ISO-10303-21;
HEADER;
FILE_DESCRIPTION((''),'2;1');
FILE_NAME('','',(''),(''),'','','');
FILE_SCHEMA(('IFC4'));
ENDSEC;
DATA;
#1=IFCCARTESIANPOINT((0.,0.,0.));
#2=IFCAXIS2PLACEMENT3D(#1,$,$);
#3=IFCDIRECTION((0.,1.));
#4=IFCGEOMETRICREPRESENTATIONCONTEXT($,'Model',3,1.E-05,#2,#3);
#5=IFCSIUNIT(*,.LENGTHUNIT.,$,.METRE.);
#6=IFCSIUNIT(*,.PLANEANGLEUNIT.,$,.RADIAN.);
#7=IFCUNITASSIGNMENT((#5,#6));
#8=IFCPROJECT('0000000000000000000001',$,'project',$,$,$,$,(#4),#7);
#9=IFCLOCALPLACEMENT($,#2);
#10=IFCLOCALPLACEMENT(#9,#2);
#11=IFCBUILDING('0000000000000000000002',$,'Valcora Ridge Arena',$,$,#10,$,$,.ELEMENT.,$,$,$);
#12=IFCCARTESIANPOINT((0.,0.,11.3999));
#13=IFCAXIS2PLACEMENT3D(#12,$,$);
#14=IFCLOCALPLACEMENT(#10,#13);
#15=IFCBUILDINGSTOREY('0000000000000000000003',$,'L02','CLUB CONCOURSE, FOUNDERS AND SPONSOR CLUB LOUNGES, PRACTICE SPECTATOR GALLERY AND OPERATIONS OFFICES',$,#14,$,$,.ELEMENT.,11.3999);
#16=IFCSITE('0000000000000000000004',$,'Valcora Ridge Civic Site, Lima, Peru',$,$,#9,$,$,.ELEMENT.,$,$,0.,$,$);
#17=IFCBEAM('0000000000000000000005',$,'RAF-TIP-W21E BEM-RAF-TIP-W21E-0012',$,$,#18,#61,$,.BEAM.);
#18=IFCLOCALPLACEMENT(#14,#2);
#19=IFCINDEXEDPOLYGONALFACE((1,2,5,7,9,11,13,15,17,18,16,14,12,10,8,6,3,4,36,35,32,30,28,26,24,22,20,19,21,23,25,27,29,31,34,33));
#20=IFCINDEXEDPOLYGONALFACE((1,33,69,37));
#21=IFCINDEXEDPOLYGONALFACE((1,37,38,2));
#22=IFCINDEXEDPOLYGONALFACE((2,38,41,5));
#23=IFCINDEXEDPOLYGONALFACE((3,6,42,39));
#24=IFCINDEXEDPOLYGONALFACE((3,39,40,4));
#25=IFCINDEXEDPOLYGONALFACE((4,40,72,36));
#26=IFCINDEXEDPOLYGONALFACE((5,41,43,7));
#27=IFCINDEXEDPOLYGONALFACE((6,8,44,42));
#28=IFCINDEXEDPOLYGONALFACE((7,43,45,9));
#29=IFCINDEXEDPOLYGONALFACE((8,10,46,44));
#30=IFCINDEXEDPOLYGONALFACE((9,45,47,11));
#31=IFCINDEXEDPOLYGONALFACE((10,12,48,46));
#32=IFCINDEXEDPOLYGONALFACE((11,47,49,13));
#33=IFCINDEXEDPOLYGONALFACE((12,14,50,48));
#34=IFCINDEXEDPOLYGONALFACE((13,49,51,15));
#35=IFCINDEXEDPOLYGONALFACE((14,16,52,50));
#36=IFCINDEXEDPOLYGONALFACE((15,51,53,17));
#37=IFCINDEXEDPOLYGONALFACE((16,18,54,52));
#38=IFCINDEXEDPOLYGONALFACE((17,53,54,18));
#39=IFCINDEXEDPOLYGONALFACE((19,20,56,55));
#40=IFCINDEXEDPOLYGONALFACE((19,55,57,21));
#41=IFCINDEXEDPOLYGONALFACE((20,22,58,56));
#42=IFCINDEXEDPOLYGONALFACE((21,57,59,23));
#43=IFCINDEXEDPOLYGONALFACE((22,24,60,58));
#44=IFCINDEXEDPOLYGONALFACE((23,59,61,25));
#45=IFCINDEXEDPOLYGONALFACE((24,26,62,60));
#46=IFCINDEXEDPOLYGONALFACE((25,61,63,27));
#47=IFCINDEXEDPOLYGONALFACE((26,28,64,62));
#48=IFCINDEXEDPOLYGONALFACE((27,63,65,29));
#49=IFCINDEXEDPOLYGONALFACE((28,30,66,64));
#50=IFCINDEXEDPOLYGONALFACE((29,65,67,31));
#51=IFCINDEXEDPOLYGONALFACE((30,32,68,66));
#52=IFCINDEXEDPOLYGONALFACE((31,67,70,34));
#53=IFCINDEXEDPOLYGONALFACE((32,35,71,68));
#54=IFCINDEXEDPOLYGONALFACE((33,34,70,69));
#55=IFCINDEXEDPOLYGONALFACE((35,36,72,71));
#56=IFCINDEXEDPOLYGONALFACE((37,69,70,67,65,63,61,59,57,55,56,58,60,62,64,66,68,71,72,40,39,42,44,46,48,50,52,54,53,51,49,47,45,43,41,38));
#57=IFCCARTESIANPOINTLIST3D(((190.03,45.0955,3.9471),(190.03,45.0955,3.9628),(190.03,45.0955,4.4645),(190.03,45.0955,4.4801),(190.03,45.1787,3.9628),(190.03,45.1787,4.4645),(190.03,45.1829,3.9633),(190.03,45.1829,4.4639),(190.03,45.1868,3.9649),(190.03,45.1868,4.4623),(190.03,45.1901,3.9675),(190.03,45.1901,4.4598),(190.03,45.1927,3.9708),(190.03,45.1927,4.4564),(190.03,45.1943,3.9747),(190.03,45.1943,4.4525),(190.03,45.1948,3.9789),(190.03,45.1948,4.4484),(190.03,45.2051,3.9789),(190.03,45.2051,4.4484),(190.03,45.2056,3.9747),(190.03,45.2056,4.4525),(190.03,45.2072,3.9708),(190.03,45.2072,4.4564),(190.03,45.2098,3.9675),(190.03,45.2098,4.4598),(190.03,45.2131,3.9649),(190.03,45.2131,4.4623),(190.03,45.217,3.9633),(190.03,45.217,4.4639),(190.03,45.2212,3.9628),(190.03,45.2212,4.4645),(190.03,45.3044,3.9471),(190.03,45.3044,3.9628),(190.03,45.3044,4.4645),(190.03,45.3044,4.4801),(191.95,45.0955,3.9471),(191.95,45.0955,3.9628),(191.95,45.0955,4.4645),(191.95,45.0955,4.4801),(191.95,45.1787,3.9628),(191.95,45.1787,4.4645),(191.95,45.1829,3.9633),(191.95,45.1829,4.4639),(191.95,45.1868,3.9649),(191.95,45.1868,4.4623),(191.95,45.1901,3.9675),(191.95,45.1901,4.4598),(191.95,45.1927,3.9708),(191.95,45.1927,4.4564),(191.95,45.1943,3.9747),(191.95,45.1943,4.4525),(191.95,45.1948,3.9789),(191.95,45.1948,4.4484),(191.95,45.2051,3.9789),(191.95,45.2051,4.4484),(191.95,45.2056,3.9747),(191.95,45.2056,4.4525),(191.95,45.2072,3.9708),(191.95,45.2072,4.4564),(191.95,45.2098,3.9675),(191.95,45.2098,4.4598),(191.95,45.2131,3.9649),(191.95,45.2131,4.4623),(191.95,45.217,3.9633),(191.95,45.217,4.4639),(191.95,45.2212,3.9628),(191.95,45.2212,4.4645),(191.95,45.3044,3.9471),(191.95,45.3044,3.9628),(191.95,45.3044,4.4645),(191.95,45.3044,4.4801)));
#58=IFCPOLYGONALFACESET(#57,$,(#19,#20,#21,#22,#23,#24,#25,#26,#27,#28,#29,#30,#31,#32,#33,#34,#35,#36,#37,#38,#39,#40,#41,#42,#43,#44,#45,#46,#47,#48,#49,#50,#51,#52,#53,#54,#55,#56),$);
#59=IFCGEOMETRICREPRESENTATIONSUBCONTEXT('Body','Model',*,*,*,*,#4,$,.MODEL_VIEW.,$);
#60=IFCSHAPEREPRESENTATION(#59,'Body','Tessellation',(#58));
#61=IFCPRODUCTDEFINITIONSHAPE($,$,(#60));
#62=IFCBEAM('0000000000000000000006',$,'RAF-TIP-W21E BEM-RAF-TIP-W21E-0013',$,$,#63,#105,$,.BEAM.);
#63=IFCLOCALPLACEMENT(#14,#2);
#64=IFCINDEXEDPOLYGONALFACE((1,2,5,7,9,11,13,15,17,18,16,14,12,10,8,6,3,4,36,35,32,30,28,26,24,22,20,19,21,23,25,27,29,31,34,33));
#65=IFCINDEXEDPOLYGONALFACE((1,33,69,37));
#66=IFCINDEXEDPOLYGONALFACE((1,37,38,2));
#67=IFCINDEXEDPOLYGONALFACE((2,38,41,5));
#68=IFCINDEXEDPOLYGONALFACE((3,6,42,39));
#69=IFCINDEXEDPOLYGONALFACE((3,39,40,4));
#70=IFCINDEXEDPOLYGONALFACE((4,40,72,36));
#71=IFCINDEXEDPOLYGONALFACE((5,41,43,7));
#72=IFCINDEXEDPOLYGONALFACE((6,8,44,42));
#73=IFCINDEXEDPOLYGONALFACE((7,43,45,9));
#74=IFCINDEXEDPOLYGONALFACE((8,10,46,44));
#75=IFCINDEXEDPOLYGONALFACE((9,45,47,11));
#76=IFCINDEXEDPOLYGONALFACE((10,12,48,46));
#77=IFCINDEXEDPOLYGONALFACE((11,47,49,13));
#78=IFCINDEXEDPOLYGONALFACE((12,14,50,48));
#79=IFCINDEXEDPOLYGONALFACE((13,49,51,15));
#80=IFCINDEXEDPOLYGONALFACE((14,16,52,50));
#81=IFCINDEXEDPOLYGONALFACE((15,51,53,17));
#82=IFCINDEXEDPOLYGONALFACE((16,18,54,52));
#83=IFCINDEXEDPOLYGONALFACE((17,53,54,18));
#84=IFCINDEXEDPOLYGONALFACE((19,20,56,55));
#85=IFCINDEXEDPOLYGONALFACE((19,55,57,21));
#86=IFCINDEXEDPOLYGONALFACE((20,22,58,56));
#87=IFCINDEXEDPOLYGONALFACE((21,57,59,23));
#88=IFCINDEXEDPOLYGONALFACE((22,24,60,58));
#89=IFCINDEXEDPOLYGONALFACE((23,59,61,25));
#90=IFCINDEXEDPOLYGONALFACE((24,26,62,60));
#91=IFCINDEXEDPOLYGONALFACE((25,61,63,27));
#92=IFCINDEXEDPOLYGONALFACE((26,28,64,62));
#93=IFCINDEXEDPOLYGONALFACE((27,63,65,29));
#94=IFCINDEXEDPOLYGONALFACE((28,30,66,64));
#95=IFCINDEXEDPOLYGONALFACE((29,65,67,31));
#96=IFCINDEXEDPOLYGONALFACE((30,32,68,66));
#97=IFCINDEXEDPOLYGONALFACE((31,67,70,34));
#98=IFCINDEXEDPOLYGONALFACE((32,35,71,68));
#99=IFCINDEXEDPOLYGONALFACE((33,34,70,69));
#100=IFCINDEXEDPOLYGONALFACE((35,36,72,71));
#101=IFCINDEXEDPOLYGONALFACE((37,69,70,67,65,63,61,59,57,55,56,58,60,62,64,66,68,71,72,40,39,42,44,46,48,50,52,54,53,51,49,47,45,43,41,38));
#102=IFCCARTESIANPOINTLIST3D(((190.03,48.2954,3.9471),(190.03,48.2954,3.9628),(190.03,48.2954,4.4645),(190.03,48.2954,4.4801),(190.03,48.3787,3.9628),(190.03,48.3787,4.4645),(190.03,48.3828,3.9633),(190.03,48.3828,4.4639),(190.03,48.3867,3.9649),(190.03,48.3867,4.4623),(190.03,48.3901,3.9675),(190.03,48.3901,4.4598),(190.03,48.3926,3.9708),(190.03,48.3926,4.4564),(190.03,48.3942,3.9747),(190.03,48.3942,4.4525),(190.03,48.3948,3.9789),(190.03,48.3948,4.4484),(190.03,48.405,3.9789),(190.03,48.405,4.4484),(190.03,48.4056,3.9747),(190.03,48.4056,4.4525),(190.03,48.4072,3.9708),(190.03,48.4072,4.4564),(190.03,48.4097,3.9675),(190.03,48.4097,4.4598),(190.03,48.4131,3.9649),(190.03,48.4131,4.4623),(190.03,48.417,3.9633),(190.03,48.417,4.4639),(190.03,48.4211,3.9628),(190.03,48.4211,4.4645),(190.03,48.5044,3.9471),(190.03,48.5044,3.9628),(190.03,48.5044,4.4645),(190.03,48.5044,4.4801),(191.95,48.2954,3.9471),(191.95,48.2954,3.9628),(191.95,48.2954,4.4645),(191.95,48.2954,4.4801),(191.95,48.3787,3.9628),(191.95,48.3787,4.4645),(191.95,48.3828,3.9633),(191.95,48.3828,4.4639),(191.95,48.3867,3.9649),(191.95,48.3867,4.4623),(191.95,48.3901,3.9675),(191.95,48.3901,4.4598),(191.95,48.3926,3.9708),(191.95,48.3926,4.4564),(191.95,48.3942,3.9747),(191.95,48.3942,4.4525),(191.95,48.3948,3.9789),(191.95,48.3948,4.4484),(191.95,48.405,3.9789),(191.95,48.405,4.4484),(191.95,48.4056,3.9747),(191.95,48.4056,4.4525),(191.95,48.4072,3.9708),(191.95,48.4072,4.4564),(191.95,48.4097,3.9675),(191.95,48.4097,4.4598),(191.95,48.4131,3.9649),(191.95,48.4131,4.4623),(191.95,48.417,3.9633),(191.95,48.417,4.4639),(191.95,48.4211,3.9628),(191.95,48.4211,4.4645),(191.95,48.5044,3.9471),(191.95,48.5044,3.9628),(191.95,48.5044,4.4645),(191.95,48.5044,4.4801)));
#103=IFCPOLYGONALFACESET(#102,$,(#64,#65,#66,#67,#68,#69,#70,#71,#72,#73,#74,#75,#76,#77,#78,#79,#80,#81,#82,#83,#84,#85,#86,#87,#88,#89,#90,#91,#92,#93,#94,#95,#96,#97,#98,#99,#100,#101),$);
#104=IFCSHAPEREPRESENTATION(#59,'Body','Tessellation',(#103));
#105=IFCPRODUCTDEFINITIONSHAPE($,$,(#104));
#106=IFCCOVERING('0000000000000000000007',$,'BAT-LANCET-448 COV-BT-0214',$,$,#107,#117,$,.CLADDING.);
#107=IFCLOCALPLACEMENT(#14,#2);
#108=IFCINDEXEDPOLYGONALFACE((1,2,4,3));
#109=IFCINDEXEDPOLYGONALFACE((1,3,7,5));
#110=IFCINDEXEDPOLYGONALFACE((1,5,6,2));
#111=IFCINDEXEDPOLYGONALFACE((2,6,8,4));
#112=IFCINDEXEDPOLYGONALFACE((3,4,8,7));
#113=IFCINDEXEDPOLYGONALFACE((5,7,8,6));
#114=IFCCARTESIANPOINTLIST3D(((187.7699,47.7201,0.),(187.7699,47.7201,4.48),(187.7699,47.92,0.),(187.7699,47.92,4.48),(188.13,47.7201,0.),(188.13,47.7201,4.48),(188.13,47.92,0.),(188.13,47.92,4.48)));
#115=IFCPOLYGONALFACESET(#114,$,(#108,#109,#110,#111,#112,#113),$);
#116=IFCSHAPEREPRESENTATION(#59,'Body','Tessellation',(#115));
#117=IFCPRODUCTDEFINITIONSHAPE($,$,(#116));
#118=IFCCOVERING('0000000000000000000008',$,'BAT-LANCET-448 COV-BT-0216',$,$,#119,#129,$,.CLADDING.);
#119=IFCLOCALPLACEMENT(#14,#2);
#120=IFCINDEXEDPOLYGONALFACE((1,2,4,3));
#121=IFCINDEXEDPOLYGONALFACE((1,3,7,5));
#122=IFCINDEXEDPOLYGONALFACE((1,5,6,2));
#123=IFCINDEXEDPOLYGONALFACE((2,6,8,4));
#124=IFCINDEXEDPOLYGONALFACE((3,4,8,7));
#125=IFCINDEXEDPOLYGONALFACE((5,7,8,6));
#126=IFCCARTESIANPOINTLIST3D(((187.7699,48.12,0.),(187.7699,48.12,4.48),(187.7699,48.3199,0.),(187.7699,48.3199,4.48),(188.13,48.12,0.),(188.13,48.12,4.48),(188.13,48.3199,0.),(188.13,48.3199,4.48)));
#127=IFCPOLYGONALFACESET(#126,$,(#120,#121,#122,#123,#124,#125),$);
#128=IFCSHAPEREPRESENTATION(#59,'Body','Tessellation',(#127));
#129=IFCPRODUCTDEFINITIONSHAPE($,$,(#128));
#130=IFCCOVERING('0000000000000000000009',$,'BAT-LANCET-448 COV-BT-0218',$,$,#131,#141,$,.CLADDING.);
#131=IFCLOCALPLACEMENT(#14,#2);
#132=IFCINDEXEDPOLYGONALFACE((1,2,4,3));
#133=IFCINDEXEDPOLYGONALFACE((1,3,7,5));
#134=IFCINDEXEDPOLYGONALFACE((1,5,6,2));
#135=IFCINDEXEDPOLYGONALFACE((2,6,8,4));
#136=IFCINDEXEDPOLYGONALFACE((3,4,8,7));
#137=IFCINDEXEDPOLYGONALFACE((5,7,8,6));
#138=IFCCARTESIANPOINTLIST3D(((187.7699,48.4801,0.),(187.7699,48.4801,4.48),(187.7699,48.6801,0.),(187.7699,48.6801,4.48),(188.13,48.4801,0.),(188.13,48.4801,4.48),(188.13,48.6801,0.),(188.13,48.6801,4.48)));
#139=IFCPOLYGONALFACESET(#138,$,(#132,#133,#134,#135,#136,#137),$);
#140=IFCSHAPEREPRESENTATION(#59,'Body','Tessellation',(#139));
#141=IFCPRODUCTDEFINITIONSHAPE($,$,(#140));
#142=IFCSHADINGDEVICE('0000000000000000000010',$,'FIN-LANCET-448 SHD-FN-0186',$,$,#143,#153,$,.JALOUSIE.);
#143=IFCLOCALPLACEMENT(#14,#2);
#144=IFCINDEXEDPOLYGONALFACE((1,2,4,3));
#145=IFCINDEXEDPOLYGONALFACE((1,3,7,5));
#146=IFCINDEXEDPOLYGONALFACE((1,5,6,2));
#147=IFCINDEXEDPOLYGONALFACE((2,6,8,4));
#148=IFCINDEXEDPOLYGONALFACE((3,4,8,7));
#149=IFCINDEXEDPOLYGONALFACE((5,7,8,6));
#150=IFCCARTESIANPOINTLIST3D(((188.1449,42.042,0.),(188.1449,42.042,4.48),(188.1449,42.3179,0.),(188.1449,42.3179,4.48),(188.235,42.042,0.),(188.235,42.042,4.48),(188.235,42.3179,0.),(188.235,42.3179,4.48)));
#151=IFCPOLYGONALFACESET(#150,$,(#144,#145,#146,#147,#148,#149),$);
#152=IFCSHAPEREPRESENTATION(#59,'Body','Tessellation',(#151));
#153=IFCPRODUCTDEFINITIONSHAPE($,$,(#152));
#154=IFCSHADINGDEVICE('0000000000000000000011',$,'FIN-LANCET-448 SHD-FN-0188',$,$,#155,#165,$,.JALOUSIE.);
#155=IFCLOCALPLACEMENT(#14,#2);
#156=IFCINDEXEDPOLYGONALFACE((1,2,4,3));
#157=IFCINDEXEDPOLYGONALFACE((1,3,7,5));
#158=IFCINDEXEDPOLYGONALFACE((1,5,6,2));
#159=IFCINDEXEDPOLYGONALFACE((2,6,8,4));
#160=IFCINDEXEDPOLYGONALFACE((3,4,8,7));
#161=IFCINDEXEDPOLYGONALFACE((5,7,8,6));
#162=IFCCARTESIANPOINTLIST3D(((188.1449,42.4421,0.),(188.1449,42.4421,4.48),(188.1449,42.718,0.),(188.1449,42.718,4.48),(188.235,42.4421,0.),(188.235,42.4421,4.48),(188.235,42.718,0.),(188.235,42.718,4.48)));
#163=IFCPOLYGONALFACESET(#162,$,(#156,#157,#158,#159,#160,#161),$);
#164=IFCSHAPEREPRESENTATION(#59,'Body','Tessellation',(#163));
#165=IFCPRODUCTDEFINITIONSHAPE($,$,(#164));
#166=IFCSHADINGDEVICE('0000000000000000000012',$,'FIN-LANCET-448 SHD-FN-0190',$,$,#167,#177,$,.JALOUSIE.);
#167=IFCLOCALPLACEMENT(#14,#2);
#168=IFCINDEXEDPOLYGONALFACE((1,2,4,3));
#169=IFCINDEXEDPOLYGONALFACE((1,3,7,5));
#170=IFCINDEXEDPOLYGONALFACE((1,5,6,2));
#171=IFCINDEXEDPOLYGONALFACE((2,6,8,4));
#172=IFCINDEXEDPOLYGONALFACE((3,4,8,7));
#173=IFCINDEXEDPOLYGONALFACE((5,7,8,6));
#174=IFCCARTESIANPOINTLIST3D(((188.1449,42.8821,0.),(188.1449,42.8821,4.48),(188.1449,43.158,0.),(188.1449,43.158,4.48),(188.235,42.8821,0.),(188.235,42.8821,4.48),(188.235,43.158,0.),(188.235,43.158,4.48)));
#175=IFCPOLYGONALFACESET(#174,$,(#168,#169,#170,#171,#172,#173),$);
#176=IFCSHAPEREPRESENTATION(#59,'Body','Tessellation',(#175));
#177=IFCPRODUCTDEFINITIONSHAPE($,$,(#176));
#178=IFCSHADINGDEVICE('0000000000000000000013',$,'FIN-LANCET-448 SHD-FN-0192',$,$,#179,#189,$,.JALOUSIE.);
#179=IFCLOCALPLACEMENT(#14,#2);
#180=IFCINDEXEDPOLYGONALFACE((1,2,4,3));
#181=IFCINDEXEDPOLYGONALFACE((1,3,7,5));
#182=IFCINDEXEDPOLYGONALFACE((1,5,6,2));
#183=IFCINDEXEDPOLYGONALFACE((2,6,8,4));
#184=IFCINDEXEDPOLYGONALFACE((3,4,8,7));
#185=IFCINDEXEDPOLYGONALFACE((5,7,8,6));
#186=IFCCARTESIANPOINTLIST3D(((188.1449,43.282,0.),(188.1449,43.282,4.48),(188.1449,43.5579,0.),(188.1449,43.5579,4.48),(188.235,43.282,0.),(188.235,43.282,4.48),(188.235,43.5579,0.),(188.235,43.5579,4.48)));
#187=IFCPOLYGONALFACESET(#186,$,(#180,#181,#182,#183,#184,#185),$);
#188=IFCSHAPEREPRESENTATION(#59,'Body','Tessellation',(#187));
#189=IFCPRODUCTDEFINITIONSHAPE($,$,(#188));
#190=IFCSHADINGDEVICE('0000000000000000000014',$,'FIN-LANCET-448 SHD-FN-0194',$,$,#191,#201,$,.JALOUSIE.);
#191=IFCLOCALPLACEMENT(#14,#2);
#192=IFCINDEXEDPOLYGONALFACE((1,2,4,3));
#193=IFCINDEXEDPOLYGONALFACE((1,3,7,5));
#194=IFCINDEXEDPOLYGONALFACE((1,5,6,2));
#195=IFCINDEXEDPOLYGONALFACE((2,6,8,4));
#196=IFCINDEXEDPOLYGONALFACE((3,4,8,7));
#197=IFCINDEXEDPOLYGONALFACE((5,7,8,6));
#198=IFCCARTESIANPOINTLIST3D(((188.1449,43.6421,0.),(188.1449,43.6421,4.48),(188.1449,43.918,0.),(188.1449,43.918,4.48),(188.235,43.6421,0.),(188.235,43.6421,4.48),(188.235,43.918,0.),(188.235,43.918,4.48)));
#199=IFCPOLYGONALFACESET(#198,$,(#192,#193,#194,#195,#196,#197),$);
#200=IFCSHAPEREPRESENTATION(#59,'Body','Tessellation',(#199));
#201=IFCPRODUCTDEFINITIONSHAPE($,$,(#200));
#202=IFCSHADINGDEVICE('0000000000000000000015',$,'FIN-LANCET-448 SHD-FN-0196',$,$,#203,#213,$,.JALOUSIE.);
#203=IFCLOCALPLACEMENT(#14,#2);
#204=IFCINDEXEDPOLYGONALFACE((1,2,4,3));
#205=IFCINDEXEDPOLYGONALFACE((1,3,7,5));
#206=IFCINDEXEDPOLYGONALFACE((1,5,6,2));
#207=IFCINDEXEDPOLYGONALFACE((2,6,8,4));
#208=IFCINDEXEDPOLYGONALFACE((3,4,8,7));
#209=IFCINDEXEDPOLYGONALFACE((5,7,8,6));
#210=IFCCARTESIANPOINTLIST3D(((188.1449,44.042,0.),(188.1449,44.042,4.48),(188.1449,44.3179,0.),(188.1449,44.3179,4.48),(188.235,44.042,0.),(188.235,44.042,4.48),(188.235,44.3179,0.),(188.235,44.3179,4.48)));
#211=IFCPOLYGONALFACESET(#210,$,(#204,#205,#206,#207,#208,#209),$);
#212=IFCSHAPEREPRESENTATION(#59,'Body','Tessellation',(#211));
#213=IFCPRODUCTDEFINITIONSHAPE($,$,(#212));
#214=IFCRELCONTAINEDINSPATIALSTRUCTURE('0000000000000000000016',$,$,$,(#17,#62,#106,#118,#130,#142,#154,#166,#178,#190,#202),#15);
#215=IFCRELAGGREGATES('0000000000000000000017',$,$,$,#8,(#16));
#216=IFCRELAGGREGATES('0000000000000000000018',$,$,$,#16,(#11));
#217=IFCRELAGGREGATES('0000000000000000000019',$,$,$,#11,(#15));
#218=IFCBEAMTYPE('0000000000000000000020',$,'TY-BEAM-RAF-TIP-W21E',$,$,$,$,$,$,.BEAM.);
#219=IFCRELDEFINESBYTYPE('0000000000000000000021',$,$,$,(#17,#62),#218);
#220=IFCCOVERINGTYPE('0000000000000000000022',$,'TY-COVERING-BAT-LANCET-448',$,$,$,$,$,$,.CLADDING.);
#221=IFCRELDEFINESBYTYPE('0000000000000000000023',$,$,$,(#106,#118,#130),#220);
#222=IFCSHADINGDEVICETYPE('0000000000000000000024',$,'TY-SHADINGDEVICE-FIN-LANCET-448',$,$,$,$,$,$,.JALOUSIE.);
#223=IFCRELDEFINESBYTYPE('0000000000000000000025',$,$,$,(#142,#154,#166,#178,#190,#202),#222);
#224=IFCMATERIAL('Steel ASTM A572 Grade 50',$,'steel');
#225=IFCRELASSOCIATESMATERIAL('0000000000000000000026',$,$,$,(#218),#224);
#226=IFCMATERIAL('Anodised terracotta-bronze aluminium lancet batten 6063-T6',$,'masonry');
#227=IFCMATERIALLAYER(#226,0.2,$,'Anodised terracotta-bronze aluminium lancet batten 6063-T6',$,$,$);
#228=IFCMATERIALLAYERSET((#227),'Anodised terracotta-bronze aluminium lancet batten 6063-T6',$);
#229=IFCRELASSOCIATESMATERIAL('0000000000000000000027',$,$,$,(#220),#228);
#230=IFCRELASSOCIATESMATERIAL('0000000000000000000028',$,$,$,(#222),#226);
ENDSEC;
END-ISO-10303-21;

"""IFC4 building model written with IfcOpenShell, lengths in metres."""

from ifc_helpers import new_model, si_unit, direction, frame, origin, origin_2d, place, context, subcontext, project, spatial, rectangle, i_section, extrude, material, layer, layer_set, material_profile, profile_set, type_object, element, save


model = new_model("IFC4")

# Units and contexts
model_context = context("Model", 3, precision=1e-05, world=origin(), true_north=direction((0.0, 1.0)))
body_context = subcontext(model_context, "Body", "Model", "MODEL_VIEW")
ifc_project = project(units=[si_unit("LENGTHUNIT", "METRE"), si_unit("PLANEANGLEUNIT", "RADIAN")], contexts=[model_context])

# Site, building, storey
site_placement = place(None, origin())
site = spatial("IfcSite", under=ifc_project, at=site_placement, Name="Valcora Ridge Civic Site, Lima, Peru", CompositionType="ELEMENT", RefElevation=0.0)
building_placement = place(site_placement, origin())
building = spatial("IfcBuilding", under=site, at=building_placement, Name="Valcora Ridge Arena", CompositionType="ELEMENT")
storey_placement = place(building_placement, frame((0.0, 0.0, 11.3999)))
storey = spatial("IfcBuildingStorey", under=building, at=storey_placement, Name="L02", Description="CLUB CONCOURSE, FOUNDERS AND SPONSOR CLUB LOUNGES, PRACTICE SPECTATOR GALLERY AND OPERATIONS OFFICES", CompositionType="ELEMENT", Elevation=11.3999)

# Beams
ifc_material_1 = material(Name="Steel ASTM A572 Grade 50", Category="steel")
ifc_material_profile_1 = material_profile(ifc_material_1, i_section(OverallWidth=0.209, OverallDepth=0.533, WebThickness=0.0103, FlangeThickness=0.0156, FilletRadius=0.0161, at=origin_2d()), Name="W21X62")
ifc_profile_set_1 = profile_set([ifc_material_profile_1], Name="Steel ASTM A572 Grade 50")
beam_type = type_object("IfcBeamType", Name="TY-BEAM-RAF-TIP-W21E", PredefinedType="BEAM", material=ifc_profile_set_1)
for number, where, z_axis, x_axis, name in (
    (1, (190.03, 45.2, 4.2136), (1.0, 0.0, 0.0), (0.0, 1.0, 0.0), "RAF-TIP-W21E BEM-RAF-TIP-W21E-0012"),
    (2, (190.03, 48.3999, 4.2136), (1.0, 0.0, 0.0), (0.0, 1.0, 0.0), "RAF-TIP-W21E BEM-RAF-TIP-W21E-0013"),
):
    element("IfcBeam", number, at=place(storey_placement, frame(where, z_axis=z_axis, x_axis=x_axis)), inside=storey, type_object=beam_type, Name=name, PredefinedType="BEAM", context=body_context, shape_type="SweptSolid", body=[
        extrude(i_section(OverallWidth=0.209, OverallDepth=0.533, WebThickness=0.0103, FlangeThickness=0.0156, FilletRadius=0.0161, at=origin_2d()), origin(), (0.0, 0.0, 1.0), 1.9199),
    ])

# Coverings
ifc_material_2 = material(Name="Anodised terracotta-bronze aluminium lancet batten 6063-T6", Category="masonry")
ifc_layer_1 = layer(ifc_material_2, 0.2, Name="Anodised terracotta-bronze aluminium lancet batten 6063-T6")
ifc_layer_set_1 = layer_set([ifc_layer_1], Name="Anodised terracotta-bronze aluminium lancet batten 6063-T6")
covering_type = type_object("IfcCoveringType", Name="TY-COVERING-BAT-LANCET-448", PredefinedType="CLADDING", material=ifc_layer_set_1)
for number, where, z_axis, x_axis, name in (
    (3, (187.95, 47.8201, 0.0), (0.0, 0.0, 1.0), (1.0, 0.0, 0.0), "BAT-LANCET-448 COV-BT-0214"),
    (4, (187.95, 48.22, 0.0), (0.0, 0.0, 1.0), (1.0, 0.0, 0.0), "BAT-LANCET-448 COV-BT-0216"),
    (5, (187.95, 48.5801, 0.0), (0.0, 0.0, 1.0), (1.0, 0.0, 0.0), "BAT-LANCET-448 COV-BT-0218"),
):
    element("IfcCovering", number, at=place(storey_placement, frame(where, z_axis=z_axis, x_axis=x_axis)), inside=storey, type_object=covering_type, Name=name, PredefinedType="CLADDING", context=body_context, shape_type="SweptSolid", body=[
        extrude(rectangle(XDim=0.3601, YDim=0.2, at=origin_2d()), origin(), (0.0, 0.0, 1.0), 4.48),
    ])

# Shading devices
ifc_material_profile_2 = material_profile(ifc_material_2, rectangle(XDim=0.0901, YDim=0.2759, at=origin_2d()), Name="ALU LANCET BATTEN 90x276")
ifc_profile_set_2 = profile_set([ifc_material_profile_2], Name="Anodised terracotta-bronze aluminium lancet batten 6063-T6")
shading_device_type = type_object("IfcShadingDeviceType", Name="TY-SHADINGDEVICE-FIN-LANCET-448", PredefinedType="JALOUSIE", material=ifc_profile_set_2)
for number, where, z_axis, x_axis, name in (
    (6, (188.1899, 42.1799, 0.0), (0.0, 0.0, 1.0), (1.0, 0.0, 0.0), "FIN-LANCET-448 SHD-FN-0186"),
    (7, (188.1899, 42.5801, 0.0), (0.0, 0.0, 1.0), (1.0, 0.0, 0.0), "FIN-LANCET-448 SHD-FN-0188"),
    (8, (188.1899, 43.02, 0.0), (0.0, 0.0, 1.0), (1.0, 0.0, 0.0), "FIN-LANCET-448 SHD-FN-0190"),
    (9, (188.1899, 43.4199, 0.0), (0.0, 0.0, 1.0), (1.0, 0.0, 0.0), "FIN-LANCET-448 SHD-FN-0192"),
    (10, (188.1899, 43.78, 0.0), (0.0, 0.0, 1.0), (1.0, 0.0, 0.0), "FIN-LANCET-448 SHD-FN-0194"),
    (11, (188.1899, 44.1799, 0.0), (0.0, 0.0, 1.0), (1.0, 0.0, 0.0), "FIN-LANCET-448 SHD-FN-0196"),
):
    element("IfcShadingDevice", number, at=place(storey_placement, frame(where, z_axis=z_axis, x_axis=x_axis)), inside=storey, type_object=shading_device_type, Name=name, PredefinedType="JALOUSIE", context=body_context, shape_type="SweptSolid", body=[
        extrude(rectangle(XDim=0.0901, YDim=0.2759, at=origin_2d()), origin(), (0.0, 0.0, 1.0), 4.48),
    ])

save(model, "model.ifc")
